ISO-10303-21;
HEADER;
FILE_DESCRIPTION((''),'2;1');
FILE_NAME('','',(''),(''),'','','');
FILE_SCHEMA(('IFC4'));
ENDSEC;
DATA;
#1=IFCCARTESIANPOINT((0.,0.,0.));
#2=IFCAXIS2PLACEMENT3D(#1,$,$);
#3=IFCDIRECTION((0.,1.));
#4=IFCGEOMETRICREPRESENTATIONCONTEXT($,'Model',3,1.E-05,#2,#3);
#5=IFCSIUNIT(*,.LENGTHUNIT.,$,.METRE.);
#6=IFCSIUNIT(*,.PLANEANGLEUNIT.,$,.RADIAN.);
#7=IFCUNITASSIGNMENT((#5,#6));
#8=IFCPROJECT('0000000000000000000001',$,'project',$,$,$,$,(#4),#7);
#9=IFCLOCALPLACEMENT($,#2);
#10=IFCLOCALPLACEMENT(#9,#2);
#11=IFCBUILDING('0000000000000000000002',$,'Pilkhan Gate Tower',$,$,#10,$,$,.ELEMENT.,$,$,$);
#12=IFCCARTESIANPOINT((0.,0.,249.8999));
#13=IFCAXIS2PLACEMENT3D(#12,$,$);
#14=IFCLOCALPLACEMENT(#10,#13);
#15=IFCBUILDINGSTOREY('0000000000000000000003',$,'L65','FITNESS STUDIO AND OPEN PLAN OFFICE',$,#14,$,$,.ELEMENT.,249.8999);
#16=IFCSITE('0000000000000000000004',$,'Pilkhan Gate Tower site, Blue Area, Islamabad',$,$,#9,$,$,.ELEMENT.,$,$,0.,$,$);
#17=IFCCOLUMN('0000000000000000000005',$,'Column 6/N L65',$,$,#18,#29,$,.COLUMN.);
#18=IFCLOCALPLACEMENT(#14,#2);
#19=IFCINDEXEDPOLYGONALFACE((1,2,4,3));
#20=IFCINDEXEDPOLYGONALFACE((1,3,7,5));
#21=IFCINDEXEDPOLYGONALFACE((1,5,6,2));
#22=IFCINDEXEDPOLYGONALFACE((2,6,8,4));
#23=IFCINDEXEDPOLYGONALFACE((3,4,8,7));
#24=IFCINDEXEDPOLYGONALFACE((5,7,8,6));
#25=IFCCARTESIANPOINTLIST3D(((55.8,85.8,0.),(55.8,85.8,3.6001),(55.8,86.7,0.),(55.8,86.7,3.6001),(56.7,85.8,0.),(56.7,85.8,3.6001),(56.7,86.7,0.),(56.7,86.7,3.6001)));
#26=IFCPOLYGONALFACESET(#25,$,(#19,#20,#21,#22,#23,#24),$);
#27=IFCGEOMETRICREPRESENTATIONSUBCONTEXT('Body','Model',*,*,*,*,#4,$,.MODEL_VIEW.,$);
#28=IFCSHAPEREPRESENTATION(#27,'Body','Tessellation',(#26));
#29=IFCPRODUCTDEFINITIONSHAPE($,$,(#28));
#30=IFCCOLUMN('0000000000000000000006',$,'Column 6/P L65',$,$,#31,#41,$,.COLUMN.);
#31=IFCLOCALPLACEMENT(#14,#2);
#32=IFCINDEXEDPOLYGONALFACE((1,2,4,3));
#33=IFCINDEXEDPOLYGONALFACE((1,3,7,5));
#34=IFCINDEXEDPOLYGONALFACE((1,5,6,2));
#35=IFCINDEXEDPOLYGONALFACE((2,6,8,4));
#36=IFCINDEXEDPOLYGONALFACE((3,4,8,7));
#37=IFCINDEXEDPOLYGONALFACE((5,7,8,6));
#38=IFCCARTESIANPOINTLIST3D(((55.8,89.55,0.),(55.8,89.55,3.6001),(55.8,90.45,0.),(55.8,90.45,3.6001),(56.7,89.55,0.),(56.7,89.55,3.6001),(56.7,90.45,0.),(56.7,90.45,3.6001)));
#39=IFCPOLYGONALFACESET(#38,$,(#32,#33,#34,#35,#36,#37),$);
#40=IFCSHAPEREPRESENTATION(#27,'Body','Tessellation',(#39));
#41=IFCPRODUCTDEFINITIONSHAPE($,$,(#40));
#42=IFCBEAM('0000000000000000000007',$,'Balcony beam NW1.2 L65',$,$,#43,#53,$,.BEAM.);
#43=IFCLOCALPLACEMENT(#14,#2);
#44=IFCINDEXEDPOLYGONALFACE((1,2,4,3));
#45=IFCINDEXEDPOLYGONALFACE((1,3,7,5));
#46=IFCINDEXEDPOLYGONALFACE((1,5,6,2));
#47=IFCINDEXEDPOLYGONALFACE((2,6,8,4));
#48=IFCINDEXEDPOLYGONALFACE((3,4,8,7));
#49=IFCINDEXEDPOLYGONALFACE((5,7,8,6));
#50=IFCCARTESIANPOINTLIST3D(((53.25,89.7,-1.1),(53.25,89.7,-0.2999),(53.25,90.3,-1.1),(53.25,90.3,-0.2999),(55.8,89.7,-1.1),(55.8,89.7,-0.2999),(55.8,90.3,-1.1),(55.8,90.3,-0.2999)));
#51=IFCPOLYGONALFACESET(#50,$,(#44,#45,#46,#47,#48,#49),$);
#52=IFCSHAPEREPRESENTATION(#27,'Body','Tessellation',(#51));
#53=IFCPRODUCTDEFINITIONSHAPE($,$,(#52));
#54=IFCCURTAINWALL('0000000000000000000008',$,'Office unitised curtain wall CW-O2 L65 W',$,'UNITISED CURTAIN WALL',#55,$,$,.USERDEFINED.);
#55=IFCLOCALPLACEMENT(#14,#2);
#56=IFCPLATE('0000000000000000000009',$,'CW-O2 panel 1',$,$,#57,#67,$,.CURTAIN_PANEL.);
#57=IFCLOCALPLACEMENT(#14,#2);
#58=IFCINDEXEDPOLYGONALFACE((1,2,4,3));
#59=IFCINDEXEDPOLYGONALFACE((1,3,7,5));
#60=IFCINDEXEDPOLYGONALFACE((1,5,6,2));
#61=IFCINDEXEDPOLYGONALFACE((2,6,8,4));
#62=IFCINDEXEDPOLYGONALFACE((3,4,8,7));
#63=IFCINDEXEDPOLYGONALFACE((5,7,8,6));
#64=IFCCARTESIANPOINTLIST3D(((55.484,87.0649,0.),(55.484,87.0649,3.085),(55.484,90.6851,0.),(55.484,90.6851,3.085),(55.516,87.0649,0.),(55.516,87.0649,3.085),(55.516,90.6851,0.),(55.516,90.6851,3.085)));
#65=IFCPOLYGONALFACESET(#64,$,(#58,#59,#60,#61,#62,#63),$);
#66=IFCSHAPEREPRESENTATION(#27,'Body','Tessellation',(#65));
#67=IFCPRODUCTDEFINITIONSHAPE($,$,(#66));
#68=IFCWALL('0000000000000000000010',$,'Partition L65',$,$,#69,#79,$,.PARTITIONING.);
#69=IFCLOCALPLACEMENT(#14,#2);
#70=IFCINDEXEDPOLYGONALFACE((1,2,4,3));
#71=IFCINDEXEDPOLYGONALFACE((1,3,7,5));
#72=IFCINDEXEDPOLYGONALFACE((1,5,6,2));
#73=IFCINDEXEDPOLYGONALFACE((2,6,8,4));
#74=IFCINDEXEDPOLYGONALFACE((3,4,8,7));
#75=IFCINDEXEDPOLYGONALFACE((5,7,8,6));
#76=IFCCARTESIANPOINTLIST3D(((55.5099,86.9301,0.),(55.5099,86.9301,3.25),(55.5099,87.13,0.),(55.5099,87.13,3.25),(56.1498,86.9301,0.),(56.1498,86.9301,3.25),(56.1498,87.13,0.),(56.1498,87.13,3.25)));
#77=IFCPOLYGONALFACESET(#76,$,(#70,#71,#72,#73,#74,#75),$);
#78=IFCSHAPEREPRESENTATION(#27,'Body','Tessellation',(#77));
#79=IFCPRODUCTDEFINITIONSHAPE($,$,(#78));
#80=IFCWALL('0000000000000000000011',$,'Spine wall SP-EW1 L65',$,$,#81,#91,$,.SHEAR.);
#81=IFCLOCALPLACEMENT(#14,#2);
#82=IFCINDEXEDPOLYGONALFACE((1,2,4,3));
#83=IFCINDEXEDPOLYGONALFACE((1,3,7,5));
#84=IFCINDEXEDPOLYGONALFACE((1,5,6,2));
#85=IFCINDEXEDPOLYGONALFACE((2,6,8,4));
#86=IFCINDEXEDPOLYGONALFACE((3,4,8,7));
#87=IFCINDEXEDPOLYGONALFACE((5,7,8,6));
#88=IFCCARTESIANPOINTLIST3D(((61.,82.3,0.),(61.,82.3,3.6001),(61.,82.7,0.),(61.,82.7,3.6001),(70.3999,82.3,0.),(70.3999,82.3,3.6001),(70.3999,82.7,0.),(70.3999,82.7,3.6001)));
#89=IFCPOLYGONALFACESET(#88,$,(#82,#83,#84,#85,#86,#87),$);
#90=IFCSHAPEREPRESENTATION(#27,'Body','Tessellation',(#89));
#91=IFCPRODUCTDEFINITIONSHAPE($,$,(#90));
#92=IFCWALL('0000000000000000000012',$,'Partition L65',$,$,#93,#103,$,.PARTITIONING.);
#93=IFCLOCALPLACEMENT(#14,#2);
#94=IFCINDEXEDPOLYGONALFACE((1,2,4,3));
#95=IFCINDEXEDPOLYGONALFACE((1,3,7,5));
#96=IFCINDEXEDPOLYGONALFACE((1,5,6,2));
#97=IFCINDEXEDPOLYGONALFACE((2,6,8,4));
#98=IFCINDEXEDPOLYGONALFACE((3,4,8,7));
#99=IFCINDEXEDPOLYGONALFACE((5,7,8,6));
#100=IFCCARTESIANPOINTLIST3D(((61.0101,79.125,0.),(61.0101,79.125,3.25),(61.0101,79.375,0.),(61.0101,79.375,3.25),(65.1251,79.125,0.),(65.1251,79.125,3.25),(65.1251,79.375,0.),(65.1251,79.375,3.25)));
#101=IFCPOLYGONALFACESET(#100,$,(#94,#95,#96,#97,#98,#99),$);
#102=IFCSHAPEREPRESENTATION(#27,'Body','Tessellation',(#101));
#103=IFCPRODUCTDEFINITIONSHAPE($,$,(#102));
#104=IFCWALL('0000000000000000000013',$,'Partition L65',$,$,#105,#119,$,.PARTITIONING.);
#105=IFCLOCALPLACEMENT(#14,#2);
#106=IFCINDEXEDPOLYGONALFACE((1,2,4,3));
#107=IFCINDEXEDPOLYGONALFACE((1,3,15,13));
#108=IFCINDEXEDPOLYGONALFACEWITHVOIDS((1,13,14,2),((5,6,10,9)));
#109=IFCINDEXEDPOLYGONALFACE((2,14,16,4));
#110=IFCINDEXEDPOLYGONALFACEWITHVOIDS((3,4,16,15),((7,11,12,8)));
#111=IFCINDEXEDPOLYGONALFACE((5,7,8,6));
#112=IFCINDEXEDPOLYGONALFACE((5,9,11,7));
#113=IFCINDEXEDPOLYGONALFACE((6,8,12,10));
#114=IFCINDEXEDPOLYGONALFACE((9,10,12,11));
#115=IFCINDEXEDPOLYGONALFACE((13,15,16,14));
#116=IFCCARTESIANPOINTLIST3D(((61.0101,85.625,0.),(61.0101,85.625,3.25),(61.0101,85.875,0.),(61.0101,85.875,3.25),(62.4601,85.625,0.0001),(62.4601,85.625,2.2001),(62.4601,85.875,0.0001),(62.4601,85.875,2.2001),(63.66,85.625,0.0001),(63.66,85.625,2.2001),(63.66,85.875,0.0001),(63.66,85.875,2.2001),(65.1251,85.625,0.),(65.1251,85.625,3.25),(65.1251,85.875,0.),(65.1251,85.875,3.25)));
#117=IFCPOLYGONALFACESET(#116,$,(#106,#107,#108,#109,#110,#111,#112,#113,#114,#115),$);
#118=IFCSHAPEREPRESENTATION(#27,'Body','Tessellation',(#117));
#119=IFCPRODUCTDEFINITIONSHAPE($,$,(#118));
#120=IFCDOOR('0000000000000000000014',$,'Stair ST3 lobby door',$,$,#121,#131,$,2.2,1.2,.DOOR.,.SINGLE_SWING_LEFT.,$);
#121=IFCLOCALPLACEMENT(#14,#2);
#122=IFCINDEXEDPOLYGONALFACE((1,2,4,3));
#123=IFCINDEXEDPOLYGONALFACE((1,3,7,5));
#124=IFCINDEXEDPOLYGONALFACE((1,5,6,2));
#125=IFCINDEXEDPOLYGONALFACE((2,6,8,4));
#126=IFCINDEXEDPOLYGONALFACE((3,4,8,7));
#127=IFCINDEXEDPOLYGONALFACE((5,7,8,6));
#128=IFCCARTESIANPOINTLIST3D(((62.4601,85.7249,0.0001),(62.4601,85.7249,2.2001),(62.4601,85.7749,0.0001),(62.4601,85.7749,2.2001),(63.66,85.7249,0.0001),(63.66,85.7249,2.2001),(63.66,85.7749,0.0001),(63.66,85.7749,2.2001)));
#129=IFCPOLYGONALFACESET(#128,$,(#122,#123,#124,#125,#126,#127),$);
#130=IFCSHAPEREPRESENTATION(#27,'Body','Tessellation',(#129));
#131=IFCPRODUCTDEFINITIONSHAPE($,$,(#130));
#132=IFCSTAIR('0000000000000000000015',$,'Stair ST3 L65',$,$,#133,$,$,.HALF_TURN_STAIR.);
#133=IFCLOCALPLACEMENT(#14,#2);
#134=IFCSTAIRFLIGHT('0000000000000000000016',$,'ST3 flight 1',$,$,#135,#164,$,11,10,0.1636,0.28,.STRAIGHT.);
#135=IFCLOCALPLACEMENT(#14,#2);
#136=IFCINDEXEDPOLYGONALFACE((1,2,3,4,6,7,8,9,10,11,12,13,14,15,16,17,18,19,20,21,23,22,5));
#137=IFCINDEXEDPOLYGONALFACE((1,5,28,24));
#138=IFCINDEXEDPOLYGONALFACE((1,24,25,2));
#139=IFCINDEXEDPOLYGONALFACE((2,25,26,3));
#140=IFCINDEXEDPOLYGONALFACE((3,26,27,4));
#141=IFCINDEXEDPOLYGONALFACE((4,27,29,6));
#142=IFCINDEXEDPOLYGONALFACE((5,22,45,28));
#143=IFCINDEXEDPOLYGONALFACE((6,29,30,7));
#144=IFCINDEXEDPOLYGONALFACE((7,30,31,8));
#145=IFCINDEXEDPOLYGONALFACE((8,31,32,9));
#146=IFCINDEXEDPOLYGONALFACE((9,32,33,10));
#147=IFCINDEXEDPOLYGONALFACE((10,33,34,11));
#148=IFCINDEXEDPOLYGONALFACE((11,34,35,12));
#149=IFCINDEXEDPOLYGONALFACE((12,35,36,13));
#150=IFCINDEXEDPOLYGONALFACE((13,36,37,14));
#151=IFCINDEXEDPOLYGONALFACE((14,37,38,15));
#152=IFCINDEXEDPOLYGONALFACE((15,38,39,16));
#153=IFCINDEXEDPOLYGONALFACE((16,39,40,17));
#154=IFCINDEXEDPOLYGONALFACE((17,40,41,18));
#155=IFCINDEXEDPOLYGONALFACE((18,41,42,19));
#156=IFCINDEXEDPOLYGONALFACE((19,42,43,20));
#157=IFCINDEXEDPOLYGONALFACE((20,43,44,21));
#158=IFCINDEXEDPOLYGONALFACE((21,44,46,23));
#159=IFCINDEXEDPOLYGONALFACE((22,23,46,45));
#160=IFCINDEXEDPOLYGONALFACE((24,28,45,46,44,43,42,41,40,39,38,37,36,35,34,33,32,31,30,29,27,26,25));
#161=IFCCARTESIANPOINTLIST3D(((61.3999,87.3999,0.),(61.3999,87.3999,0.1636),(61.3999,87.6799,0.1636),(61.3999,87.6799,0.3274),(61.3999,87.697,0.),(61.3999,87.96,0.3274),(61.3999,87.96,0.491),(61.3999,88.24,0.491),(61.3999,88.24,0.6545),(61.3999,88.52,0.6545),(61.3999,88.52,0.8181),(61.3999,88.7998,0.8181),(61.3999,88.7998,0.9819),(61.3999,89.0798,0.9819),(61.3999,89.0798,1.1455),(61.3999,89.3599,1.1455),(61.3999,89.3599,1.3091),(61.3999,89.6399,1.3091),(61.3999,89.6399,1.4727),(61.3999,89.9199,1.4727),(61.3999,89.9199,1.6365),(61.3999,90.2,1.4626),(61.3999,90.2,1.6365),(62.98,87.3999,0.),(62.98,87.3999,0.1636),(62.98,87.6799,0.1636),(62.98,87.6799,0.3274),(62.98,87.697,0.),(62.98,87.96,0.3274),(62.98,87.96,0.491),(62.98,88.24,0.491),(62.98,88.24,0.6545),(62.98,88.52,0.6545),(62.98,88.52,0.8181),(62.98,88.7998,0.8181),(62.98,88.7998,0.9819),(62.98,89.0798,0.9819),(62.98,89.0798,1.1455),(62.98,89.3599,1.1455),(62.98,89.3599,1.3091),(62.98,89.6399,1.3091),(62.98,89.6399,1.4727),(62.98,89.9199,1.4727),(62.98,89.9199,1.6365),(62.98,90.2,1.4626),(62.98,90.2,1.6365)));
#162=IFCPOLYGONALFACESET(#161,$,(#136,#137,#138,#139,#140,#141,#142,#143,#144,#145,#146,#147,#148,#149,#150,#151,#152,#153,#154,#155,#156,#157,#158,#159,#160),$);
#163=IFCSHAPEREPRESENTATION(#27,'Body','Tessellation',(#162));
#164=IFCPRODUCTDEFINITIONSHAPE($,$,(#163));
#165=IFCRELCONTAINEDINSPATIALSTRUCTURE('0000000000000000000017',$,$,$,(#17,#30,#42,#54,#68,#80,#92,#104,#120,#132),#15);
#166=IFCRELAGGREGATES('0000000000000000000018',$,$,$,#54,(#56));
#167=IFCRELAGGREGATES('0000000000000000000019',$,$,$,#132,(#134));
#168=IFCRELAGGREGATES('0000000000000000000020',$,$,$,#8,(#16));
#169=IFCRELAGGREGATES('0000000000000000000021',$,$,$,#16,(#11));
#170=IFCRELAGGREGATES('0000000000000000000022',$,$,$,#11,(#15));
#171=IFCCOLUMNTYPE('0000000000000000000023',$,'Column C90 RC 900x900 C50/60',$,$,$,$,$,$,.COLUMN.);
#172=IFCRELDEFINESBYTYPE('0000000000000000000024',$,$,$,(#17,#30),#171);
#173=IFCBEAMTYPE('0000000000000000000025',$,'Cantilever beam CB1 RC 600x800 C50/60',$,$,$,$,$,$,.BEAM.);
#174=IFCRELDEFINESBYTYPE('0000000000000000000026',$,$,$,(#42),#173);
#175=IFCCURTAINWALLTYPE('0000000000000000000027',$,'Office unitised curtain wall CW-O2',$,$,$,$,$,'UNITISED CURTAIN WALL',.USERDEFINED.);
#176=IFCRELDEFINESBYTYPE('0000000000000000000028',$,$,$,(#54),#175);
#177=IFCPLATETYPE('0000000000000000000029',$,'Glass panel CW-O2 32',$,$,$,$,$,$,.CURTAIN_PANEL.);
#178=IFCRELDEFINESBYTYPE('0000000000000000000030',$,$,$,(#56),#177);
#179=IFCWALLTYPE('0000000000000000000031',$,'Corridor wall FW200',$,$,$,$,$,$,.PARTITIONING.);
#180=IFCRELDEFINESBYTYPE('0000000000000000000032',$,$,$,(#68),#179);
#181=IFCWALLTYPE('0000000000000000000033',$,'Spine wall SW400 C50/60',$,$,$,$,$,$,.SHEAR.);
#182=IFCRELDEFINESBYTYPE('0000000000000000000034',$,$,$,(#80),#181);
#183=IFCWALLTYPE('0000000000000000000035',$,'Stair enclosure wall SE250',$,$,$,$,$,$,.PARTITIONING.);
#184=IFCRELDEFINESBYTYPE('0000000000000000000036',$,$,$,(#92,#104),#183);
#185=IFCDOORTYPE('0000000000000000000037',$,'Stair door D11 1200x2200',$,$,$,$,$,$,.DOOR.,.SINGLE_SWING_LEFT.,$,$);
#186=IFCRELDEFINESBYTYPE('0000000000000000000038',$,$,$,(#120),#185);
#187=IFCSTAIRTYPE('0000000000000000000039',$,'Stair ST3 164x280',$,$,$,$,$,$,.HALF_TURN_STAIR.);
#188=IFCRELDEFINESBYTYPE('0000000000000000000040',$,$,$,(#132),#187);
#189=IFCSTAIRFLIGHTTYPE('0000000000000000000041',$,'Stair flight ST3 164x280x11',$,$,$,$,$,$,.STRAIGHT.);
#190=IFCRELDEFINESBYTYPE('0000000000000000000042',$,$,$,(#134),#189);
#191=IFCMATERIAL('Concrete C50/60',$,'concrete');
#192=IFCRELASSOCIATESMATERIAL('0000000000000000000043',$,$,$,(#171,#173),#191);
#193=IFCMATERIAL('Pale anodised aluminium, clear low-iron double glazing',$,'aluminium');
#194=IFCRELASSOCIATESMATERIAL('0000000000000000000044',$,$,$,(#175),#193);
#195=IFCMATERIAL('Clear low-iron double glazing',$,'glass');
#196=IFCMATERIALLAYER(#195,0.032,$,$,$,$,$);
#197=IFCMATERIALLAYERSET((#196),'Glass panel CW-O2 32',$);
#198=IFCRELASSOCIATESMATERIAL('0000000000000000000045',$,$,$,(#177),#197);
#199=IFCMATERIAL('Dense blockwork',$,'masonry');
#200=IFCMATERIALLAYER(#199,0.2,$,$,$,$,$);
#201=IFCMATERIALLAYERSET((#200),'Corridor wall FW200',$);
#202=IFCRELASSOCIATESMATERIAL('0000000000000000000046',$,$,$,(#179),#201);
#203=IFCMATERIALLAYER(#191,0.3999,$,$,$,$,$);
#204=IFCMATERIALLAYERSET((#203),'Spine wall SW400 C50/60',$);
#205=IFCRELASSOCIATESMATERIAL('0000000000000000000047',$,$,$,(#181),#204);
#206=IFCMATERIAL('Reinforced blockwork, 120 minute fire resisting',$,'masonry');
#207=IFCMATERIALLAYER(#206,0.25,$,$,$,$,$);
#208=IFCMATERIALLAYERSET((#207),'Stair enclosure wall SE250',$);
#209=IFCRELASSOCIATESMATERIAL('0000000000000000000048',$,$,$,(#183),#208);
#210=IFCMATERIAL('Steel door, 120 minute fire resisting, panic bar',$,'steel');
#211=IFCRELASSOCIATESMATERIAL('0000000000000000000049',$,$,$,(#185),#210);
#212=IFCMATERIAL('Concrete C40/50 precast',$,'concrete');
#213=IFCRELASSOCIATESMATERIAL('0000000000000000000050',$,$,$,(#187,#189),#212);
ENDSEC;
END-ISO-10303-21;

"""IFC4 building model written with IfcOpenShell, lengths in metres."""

from ifc_helpers import new_model, si_unit, direction, frame, frame_2d, origin, origin_2d, place, context, subcontext, project, spatial, polyline, rectangle, outline, extrude, material, layer, layer_set, material_profile, profile_set, type_object, element, fill, aggregate, save


model = new_model("IFC4")

# Units and contexts
model_context = context("Model", 3, precision=1e-05, world=origin(), true_north=direction((0.0, 1.0)))
body_context = subcontext(model_context, "Body", "Model", "MODEL_VIEW")
ifc_project = project(units=[si_unit("LENGTHUNIT", "METRE"), si_unit("PLANEANGLEUNIT", "RADIAN")], contexts=[model_context])

# Site, building, storey
site_placement = place(None, origin())
site = spatial("IfcSite", under=ifc_project, at=site_placement, Name="Pilkhan Gate Tower site, Blue Area, Islamabad", CompositionType="ELEMENT", RefElevation=0.0)
building_placement = place(site_placement, origin())
building = spatial("IfcBuilding", under=site, at=building_placement, Name="Pilkhan Gate Tower", CompositionType="ELEMENT")
storey_placement = place(building_placement, frame((0.0, 0.0, 249.8999)))
storey = spatial("IfcBuildingStorey", under=building, at=storey_placement, Name="L65", Description="FITNESS STUDIO AND OPEN PLAN OFFICE", CompositionType="ELEMENT", Elevation=249.8999)

# Columns
ifc_material_1 = material(Name="Concrete C50/60", Category="concrete")
ifc_material_profile_1 = material_profile(ifc_material_1, rectangle(XDim=0.8999, YDim=0.8999, at=origin_2d()), Name="RC 900x900")
ifc_profile_set_1 = profile_set([ifc_material_profile_1], Name="Concrete C50/60")
column_type = type_object("IfcColumnType", Name="Column C90 RC 900x900 C50/60", PredefinedType="COLUMN", material=ifc_profile_set_1)
for number, where, z_axis, x_axis, name in (
    (1, (56.25, 86.25, 0.0), (0.0, 0.0, 1.0), (1.0, 0.0, 0.0), "Column 6/N L65"),
    (2, (56.25, 90.0, 0.0), (0.0, 0.0, 1.0), (1.0, 0.0, 0.0), "Column 6/P L65"),
):
    element("IfcColumn", number, at=place(storey_placement, frame(where, z_axis=z_axis, x_axis=x_axis)), inside=storey, type_object=column_type, Name=name, PredefinedType="COLUMN", context=body_context, shape_type="SweptSolid", body=[
        extrude(rectangle(XDim=0.8999, YDim=0.8999, at=origin_2d()), origin(), (0.0, 0.0, 1.0), 3.6001),
    ])

# Beam
ifc_material_profile_2 = material_profile(ifc_material_1, rectangle(XDim=0.6001, YDim=0.8, at=origin_2d()), Name="RC 600x800")
ifc_profile_set_2 = profile_set([ifc_material_profile_2], Name="Concrete C50/60")
beam_type = type_object("IfcBeamType", Name="Cantilever beam CB1 RC 600x800 C50/60", PredefinedType="BEAM", material=ifc_profile_set_2)
beam_placement = place(storey_placement, frame((55.8, 90.0, -0.7), z_axis=(-1.0, 0.0, 0.0), x_axis=(0.0, -1.0, 0.0)))
element("IfcBeam", 3, at=beam_placement, inside=storey, type_object=beam_type, Name="Balcony beam NW1.2 L65", PredefinedType="BEAM", context=body_context, shape_type="SweptSolid", body=[
    extrude(rectangle(XDim=0.6001, YDim=0.8, at=origin_2d()), origin(), (0.0, 0.0, 1.0), 2.55),
])

# Curtain wall, plate
ifc_material_2 = material(Name="Pale anodised aluminium, clear low-iron double glazing", Category="aluminium")
curtain_wall_type = type_object("IfcCurtainWallType", Name="Office unitised curtain wall CW-O2", ElementType="UNITISED CURTAIN WALL", PredefinedType="USERDEFINED", material=ifc_material_2)
curtain_wall_placement = place(storey_placement, origin())
curtain_wall = element("IfcCurtainWall", 4, at=curtain_wall_placement, inside=storey, type_object=curtain_wall_type, Name="Office unitised curtain wall CW-O2 L65 W", ObjectType="UNITISED CURTAIN WALL", PredefinedType="USERDEFINED")
ifc_material_3 = material(Name="Clear low-iron double glazing", Category="glass")
ifc_layer_1 = layer(ifc_material_3, 0.032)
ifc_layer_set_1 = layer_set([ifc_layer_1], Name="Glass panel CW-O2 32")
plate_type = type_object("IfcPlateType", Name="Glass panel CW-O2 32", PredefinedType="CURTAIN_PANEL", material=ifc_layer_set_1)
plate_placement = place(storey_placement, frame((55.5, 88.875, 0.0), z_axis=(0.0, 0.0, 1.0), x_axis=(0.0, 1.0, 0.0)))
plate = element("IfcPlate", 5, at=plate_placement, type_object=plate_type, Name="CW-O2 panel 1", PredefinedType="CURTAIN_PANEL", context=body_context, shape_type="SweptSolid", body=[
    extrude(rectangle(XDim=3.6201, YDim=0.032, at=origin_2d()), origin(), (0.0, 0.0, 1.0), 3.085),
])
aggregate(curtain_wall, [plate])

# Walls
ifc_material_4 = material(Name="Dense blockwork", Category="masonry")
ifc_layer_2 = layer(ifc_material_4, 0.2)
ifc_layer_set_2 = layer_set([ifc_layer_2], Name="Corridor wall FW200")
wall_type_1 = type_object("IfcWallType", Name="Corridor wall FW200", PredefinedType="PARTITIONING", material=ifc_layer_set_2)
wall_1_placement = place(storey_placement, frame((55.51, 87.03, 0.0), z_axis=(0.0, 0.0, 1.0), x_axis=(1.0, 0.0, 0.0)))
element("IfcWall", 6, at=wall_1_placement, inside=storey, type_object=wall_type_1, Name="Partition L65", PredefinedType="PARTITIONING", context=body_context, shape_type="SweptSolid", body=[
    extrude(rectangle(XDim=0.6399, YDim=0.2, at=frame_2d((0.3198, 0.0))), origin(), (0.0, 0.0, 1.0), 3.25),
])
ifc_layer_3 = layer(ifc_material_1, 0.3999)
ifc_layer_set_3 = layer_set([ifc_layer_3], Name="Spine wall SW400 C50/60")
wall_type_2 = type_object("IfcWallType", Name="Spine wall SW400 C50/60", PredefinedType="SHEAR", material=ifc_layer_set_3)
wall_2_placement = place(storey_placement, frame((61.0, 82.5, 0.0), z_axis=(0.0, 0.0, 1.0), x_axis=(1.0, 0.0, 0.0)))
element("IfcWall", 7, at=wall_2_placement, inside=storey, type_object=wall_type_2, Name="Spine wall SP-EW1 L65", PredefinedType="SHEAR", context=body_context, shape_type="SweptSolid", body=[
    extrude(rectangle(XDim=9.3999, YDim=0.3999, at=frame_2d((4.7, 0.0))), origin(), (0.0, 0.0, 1.0), 3.6001),
])
ifc_material_5 = material(Name="Reinforced blockwork, 120 minute fire resisting", Category="masonry")
ifc_layer_4 = layer(ifc_material_5, 0.25)
ifc_layer_set_4 = layer_set([ifc_layer_4], Name="Stair enclosure wall SE250")
wall_type_3 = type_object("IfcWallType", Name="Stair enclosure wall SE250", PredefinedType="PARTITIONING", material=ifc_layer_set_4)
wall_3_placement = place(storey_placement, frame((61.01, 79.25, 0.0), z_axis=(0.0, 0.0, 1.0), x_axis=(1.0, 0.0, 0.0)))
element("IfcWall", 8, at=wall_3_placement, inside=storey, type_object=wall_type_3, Name="Partition L65", PredefinedType="PARTITIONING", context=body_context, shape_type="SweptSolid", body=[
    extrude(rectangle(XDim=4.115, YDim=0.25, at=frame_2d((2.0576, 0.0))), origin(), (0.0, 0.0, 1.0), 3.25),
])

# Wall, opening, door
wall_4_placement = place(storey_placement, frame((61.01, 85.75, 0.0), z_axis=(0.0, 0.0, 1.0), x_axis=(1.0, 0.0, 0.0)))
wall_4 = element("IfcWall", 9, at=wall_4_placement, inside=storey, type_object=wall_type_3, Name="Partition L65", PredefinedType="PARTITIONING", context=body_context, shape_type="SweptSolid", body=[
    extrude(rectangle(XDim=4.115, YDim=0.25, at=frame_2d((2.0576, 0.0))), origin(), (0.0, 0.0, 1.0), 3.25),
])
opening_placement = place(wall_4_placement, frame((1.45, 0.0, 0.0)))
opening = element("IfcOpeningElement", 10, at=opening_placement, cuts=wall_4, PredefinedType="OPENING", context=body_context, shape_type="SweptSolid", body=[
    extrude(rectangle(XDim=1.2, YDim=2.2, at=frame_2d((0.6001, 1.1001))), frame((0.0, 0.135, 0.0), z_axis=(0.0, -1.0, 0.0), x_axis=(1.0, 0.0, 0.0)), (0.0, 0.0, 1.0), 0.27),
])
ifc_material_6 = material(Name="Steel door, 120 minute fire resisting, panic bar", Category="steel")
door_type = type_object("IfcDoorType", Name="Stair door D11 1200x2200", OperationType="SINGLE_SWING_LEFT", PredefinedType="DOOR", material=ifc_material_6)
door_placement = place(opening_placement, origin())
door = element("IfcDoor", 11, at=door_placement, inside=storey, type_object=door_type, Name="Stair ST3 lobby door", OperationType="SINGLE_SWING_LEFT", OverallHeight=2.2, OverallWidth=1.2, PredefinedType="DOOR", context=body_context, shape_type="SweptSolid", body=[
    extrude(rectangle(XDim=1.2, YDim=2.2, at=frame_2d((0.6001, 1.1001))), frame((0.0, 0.0249, 0.0), z_axis=(0.0, -1.0, 0.0), x_axis=(1.0, 0.0, 0.0)), (0.0, 0.0, 1.0), 0.05),
])
fill(opening, door)

# Stair, stair flight
ifc_material_7 = material(Name="Concrete C40/50 precast", Category="concrete")
stair_type = type_object("IfcStairType", Name="Stair ST3 164x280", PredefinedType="HALF_TURN_STAIR", material=ifc_material_7)
stair_placement = place(storey_placement, origin())
stair = element("IfcStair", 12, at=stair_placement, inside=storey, type_object=stair_type, Name="Stair ST3 L65", PredefinedType="HALF_TURN_STAIR")
stair_flight_type = type_object("IfcStairFlightType", Name="Stair flight ST3 164x280x11", PredefinedType="STRAIGHT", material=ifc_material_7)
stair_flight_placement = place(storey_placement, frame((62.1899, 87.3999, 0.0), z_axis=(0.0, 0.0, 1.0), x_axis=(0.0, 1.0, 0.0)))
stair_flight = element("IfcStairFlight", 13, at=stair_flight_placement, type_object=stair_flight_type, Name="ST3 flight 1", NumberOfRisers=11, NumberOfTreads=10, PredefinedType="STRAIGHT", RiserHeight=0.1636, TreadLength=0.28, context=body_context, shape_type="SweptSolid", body=[
    extrude(outline(polyline([(0.0, 0.0), (0.0, 0.1636), (0.28, 0.1636), (0.28, 0.3274), (0.5601, 0.3274), (0.5601, 0.491), (0.8401, 0.491), (0.8401, 0.6545), (1.1201, 0.6545), (1.1201, 0.8181), (1.3999, 0.8181), (1.3999, 0.9819), (1.6799, 0.9819), (1.6799, 1.1455), (1.96, 1.1455), (1.96, 1.3091), (2.24, 1.3091), (2.24, 1.4727), (2.52, 1.4727), (2.52, 1.6365), (2.8, 1.6365), (2.8, 1.8), (2.8, 1.4626), (0.2971, 0.0), (0.0, 0.0)])), frame((0.0, 0.79, 0.0), z_axis=(0.0, -1.0, 0.0), x_axis=(1.0, 0.0, 0.0)), (0.0, 0.0, 1.0), 1.5801),
])
aggregate(stair, [stair_flight])

save(model, "model.ifc")
